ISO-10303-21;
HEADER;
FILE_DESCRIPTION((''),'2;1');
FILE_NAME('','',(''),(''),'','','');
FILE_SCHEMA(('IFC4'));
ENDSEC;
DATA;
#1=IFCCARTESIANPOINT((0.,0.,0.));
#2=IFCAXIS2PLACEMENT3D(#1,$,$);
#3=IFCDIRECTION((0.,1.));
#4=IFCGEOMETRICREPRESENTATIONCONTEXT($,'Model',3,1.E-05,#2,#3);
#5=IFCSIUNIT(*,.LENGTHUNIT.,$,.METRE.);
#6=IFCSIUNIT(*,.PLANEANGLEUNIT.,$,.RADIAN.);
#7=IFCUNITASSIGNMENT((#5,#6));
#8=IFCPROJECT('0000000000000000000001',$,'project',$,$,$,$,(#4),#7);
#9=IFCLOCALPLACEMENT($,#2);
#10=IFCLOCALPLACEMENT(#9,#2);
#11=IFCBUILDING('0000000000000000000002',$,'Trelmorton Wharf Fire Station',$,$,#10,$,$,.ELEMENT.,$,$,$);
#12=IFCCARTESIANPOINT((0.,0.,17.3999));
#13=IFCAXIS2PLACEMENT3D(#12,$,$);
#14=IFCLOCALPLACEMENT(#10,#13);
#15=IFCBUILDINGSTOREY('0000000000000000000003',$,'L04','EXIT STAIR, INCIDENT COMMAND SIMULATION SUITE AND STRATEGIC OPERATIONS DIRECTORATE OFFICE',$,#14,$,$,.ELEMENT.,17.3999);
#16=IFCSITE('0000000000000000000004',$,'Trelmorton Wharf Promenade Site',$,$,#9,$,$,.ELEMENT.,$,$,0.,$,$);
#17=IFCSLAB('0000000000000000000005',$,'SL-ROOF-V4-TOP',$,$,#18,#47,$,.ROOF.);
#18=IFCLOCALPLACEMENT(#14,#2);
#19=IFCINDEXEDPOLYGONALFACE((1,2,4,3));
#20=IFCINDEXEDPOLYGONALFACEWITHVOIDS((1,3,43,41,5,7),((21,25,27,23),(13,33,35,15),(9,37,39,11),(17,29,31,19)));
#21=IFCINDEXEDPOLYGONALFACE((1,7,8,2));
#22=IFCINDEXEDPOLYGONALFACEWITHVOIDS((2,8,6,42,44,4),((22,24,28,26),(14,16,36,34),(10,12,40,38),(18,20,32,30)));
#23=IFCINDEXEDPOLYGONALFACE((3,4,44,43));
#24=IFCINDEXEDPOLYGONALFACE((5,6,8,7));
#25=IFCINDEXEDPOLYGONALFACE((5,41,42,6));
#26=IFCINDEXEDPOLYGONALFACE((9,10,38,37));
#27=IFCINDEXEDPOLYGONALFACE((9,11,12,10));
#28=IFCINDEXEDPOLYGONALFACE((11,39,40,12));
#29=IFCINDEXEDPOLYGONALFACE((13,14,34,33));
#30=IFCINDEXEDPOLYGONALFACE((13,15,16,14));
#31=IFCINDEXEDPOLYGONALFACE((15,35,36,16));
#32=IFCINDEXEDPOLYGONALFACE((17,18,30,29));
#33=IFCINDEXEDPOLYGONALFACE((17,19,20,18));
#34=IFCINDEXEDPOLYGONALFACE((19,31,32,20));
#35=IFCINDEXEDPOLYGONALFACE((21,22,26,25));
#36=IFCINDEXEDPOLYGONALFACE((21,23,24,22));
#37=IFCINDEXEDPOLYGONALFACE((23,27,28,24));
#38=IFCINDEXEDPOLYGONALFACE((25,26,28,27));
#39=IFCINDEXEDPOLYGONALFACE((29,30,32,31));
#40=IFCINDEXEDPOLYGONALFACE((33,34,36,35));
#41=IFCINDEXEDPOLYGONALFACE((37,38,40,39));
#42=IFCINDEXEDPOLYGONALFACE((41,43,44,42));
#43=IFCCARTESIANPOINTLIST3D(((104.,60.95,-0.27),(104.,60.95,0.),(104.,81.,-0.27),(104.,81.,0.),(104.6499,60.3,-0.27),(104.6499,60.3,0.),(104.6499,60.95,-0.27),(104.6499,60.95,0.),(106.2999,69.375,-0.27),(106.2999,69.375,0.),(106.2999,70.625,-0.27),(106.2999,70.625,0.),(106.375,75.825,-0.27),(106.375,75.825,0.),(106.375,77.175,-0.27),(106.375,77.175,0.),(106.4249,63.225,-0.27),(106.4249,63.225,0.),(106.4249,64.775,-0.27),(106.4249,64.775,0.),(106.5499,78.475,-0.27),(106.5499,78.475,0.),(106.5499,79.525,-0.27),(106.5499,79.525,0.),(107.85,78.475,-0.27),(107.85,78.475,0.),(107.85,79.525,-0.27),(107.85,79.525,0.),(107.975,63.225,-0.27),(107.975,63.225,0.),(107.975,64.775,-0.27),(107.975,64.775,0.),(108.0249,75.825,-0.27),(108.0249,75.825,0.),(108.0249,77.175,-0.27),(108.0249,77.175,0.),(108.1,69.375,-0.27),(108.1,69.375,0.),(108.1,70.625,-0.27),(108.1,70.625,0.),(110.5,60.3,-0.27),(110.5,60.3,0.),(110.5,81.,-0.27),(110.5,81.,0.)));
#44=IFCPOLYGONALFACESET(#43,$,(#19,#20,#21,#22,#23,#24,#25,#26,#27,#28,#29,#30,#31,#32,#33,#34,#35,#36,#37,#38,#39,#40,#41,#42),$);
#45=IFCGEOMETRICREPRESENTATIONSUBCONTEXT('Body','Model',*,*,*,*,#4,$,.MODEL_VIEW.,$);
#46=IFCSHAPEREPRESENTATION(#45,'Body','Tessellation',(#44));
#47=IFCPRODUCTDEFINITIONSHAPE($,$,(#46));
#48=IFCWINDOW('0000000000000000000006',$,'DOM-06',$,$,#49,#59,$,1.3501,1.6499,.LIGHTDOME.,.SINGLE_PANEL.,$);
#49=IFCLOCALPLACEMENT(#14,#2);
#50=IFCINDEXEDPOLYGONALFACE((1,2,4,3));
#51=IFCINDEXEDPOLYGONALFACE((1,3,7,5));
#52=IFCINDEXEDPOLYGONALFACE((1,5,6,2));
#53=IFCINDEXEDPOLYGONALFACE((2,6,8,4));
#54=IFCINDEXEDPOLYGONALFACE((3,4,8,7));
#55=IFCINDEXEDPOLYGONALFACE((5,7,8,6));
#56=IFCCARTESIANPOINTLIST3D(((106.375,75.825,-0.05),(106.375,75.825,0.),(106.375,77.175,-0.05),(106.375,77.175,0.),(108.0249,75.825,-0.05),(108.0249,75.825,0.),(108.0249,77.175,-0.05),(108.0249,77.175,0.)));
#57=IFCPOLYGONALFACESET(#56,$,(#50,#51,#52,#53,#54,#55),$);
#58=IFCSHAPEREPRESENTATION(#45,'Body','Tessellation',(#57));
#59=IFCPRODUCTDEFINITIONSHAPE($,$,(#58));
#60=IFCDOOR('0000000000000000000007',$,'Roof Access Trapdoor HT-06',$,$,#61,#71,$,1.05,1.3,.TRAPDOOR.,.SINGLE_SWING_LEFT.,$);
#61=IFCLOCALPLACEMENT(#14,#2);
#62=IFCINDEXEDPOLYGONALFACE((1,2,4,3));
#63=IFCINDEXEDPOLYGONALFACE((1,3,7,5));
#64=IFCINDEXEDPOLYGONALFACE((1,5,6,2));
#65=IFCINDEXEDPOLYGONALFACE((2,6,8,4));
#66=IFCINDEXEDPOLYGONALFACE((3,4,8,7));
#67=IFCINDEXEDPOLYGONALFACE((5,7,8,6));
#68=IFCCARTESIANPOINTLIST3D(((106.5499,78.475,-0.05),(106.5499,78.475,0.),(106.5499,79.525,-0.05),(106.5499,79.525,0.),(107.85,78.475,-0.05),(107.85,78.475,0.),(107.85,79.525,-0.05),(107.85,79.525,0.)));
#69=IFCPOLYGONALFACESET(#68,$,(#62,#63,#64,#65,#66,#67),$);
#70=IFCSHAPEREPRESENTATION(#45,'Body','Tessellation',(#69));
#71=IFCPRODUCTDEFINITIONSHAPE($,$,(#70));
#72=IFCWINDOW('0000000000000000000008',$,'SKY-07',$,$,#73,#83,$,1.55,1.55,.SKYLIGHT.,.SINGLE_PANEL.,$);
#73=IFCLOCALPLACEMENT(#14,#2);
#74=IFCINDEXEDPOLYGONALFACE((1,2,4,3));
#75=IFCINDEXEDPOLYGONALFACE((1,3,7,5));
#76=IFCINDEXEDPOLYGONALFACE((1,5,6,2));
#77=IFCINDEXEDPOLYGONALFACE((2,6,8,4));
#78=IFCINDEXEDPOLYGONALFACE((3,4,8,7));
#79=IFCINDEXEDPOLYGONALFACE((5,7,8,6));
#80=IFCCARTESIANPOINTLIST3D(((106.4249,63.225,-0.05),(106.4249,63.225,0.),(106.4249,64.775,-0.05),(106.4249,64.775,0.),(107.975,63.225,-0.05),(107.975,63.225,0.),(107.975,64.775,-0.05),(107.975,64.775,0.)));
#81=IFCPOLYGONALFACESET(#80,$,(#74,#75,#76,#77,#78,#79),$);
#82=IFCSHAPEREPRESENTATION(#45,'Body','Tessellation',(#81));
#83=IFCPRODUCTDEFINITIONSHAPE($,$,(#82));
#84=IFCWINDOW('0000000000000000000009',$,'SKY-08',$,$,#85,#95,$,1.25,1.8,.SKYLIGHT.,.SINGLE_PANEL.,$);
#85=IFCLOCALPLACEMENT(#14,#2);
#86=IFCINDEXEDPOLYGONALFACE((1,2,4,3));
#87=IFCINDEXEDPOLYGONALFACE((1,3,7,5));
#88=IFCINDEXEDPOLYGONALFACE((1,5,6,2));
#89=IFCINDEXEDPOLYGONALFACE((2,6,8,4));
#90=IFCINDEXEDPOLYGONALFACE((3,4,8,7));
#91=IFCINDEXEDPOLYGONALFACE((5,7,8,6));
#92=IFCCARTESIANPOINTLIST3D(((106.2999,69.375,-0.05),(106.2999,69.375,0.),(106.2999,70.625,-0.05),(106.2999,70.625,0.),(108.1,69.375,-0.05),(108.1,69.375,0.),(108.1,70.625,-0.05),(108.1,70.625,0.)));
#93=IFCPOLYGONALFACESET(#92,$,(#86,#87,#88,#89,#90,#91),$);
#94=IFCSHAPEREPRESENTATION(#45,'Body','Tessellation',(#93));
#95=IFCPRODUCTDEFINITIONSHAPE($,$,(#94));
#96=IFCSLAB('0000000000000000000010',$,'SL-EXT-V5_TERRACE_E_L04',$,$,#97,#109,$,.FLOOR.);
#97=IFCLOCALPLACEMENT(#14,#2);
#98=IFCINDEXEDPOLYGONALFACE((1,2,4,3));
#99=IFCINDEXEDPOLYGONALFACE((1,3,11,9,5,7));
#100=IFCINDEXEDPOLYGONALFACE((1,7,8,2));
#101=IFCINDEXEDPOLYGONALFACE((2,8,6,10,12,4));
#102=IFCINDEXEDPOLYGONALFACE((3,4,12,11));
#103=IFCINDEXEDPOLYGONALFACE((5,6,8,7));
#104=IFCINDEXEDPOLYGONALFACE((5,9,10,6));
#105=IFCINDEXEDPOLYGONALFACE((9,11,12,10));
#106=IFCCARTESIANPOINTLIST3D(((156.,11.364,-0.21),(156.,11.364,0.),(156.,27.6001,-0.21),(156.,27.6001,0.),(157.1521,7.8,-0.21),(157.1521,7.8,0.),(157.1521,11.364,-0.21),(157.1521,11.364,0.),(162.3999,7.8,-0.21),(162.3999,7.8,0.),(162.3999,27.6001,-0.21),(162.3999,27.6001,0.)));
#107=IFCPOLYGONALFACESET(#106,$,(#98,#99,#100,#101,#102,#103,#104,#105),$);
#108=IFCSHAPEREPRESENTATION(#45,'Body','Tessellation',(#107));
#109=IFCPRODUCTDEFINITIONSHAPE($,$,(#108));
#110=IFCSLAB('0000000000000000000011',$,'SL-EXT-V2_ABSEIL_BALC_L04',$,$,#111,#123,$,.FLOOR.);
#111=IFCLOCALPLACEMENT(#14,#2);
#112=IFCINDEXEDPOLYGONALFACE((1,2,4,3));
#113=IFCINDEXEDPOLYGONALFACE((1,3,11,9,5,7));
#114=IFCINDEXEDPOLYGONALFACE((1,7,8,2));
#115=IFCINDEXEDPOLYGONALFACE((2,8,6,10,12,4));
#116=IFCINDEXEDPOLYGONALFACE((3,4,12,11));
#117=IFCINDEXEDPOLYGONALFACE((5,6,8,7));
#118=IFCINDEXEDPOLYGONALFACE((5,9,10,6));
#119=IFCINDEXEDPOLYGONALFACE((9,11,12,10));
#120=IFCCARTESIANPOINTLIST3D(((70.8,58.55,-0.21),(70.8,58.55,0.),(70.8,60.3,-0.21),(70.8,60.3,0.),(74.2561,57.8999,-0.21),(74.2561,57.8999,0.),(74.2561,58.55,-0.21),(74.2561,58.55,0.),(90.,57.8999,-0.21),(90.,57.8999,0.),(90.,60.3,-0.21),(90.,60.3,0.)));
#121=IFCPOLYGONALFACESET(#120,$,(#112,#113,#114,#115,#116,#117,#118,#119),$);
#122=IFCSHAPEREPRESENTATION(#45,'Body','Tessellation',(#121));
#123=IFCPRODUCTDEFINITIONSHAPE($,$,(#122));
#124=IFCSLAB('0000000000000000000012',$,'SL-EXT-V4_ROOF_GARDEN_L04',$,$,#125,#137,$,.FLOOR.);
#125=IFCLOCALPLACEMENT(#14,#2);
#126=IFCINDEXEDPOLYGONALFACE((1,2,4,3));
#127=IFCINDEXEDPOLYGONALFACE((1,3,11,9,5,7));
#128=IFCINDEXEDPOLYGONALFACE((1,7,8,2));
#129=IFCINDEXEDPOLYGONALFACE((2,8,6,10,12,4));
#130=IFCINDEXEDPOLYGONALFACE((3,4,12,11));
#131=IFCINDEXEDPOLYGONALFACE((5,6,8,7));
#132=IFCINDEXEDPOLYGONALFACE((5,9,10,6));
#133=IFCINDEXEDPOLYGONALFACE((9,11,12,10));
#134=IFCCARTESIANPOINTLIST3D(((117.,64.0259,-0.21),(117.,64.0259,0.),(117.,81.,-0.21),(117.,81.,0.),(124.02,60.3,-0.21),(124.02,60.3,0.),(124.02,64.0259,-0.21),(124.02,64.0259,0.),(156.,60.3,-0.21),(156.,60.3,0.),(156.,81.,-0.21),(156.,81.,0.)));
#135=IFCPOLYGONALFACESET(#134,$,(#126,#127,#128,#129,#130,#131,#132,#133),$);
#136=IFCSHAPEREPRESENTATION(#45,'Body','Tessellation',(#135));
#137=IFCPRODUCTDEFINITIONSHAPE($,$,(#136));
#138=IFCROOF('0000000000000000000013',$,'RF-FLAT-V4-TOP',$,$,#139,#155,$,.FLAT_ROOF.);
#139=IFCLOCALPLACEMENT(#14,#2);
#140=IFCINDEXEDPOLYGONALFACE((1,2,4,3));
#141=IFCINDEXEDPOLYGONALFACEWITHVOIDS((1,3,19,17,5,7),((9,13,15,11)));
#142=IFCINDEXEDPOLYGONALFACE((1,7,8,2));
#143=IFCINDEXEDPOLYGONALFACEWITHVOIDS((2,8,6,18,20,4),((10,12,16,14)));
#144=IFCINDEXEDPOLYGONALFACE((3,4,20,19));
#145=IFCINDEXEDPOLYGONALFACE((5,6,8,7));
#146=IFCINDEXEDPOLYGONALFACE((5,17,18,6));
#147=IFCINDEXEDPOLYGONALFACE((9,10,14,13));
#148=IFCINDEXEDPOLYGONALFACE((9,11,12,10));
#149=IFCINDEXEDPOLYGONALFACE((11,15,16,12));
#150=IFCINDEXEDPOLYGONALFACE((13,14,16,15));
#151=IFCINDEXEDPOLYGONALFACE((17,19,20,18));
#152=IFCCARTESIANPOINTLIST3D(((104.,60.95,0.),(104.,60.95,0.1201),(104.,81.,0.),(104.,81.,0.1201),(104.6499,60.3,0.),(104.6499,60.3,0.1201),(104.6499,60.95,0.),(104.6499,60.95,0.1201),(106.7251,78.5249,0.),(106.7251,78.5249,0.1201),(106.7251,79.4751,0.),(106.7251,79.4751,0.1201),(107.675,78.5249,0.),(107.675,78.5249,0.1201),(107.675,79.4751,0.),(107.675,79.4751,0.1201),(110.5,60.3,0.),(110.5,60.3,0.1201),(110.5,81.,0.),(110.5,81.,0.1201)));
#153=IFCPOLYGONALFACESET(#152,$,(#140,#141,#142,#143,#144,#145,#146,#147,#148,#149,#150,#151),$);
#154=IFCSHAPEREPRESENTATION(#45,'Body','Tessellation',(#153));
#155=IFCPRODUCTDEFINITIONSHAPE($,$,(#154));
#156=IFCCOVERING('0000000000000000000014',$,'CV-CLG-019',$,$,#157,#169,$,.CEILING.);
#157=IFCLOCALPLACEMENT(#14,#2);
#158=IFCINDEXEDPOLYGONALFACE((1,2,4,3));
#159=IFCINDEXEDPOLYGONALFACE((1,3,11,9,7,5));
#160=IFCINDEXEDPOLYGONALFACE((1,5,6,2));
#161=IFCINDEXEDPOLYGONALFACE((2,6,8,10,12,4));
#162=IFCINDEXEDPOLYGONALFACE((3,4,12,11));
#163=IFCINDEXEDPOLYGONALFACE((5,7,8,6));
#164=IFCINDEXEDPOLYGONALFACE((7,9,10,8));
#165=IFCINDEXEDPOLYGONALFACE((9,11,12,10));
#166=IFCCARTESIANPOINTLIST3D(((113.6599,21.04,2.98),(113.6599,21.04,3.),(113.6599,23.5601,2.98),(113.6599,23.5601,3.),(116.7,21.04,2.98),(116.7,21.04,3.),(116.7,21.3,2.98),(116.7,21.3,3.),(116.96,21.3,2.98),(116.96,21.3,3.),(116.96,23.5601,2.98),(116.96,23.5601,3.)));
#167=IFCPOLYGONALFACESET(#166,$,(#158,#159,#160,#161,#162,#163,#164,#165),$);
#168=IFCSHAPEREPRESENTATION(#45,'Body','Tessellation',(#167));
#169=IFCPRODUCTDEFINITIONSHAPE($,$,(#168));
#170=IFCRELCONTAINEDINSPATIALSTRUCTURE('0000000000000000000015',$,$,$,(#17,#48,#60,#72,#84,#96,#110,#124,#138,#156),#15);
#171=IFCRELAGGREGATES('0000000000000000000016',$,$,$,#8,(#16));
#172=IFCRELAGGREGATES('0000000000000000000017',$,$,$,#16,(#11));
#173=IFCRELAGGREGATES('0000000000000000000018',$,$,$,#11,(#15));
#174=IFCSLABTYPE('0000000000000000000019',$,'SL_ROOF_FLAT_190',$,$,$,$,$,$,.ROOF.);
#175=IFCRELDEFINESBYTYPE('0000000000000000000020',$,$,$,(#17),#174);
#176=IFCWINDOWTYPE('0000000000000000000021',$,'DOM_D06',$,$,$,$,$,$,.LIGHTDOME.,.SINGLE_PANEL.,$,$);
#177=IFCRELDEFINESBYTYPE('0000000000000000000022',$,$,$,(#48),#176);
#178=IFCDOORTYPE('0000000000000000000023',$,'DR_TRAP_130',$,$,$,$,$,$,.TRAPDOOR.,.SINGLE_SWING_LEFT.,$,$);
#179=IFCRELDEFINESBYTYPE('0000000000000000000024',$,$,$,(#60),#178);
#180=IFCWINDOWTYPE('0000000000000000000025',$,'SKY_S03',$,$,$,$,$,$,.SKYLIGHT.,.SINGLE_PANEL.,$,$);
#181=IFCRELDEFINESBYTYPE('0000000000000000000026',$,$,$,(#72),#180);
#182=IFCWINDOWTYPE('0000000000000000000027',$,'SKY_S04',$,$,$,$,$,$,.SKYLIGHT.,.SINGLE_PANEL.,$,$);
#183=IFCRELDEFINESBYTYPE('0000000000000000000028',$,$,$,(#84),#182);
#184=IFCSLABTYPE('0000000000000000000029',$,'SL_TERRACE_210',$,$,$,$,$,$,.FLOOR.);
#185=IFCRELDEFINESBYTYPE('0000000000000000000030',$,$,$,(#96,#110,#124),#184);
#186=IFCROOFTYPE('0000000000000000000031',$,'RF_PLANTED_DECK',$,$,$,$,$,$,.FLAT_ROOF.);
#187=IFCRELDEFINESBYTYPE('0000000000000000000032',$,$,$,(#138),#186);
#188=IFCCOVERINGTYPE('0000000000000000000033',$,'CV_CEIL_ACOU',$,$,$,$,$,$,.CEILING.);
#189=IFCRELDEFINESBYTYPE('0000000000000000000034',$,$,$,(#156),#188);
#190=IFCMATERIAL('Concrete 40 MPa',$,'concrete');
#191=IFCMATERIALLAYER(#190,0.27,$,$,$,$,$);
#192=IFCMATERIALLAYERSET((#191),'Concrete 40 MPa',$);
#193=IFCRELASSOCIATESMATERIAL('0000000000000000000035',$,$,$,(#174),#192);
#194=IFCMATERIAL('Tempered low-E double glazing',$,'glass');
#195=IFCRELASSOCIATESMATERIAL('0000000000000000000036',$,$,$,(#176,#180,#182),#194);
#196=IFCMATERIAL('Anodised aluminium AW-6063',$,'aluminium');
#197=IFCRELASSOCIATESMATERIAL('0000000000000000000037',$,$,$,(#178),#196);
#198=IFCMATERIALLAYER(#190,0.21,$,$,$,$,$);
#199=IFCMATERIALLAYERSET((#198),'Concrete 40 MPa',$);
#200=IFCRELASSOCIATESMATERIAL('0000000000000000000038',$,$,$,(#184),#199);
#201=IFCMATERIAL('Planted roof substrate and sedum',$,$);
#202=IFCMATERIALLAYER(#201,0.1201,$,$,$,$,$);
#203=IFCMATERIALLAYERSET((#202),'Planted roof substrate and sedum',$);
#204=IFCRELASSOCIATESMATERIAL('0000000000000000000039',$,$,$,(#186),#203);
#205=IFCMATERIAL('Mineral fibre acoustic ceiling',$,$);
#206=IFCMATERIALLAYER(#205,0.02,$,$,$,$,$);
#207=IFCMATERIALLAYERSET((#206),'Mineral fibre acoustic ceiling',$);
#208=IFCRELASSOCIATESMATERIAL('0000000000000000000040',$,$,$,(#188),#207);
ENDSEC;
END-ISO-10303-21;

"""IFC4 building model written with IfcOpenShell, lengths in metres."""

from ifc_helpers import new_model, si_unit, direction, frame, origin, origin_2d, place, context, subcontext, project, spatial, polyline, rectangle, outline, extrude, material, layer, layer_set, type_object, element, fill, save


model = new_model("IFC4")

# Units and contexts
model_context = context("Model", 3, precision=1e-05, world=origin(), true_north=direction((0.0, 1.0)))
body_context = subcontext(model_context, "Body", "Model", "MODEL_VIEW")
ifc_project = project(units=[si_unit("LENGTHUNIT", "METRE"), si_unit("PLANEANGLEUNIT", "RADIAN")], contexts=[model_context])

# Site, building, storey
site_placement = place(None, origin())
site = spatial("IfcSite", under=ifc_project, at=site_placement, Name="Trelmorton Wharf Promenade Site", CompositionType="ELEMENT", RefElevation=0.0)
building_placement = place(site_placement, origin())
building = spatial("IfcBuilding", under=site, at=building_placement, Name="Trelmorton Wharf Fire Station", CompositionType="ELEMENT")
storey_placement = place(building_placement, frame((0.0, 0.0, 17.3999)))
storey = spatial("IfcBuildingStorey", under=building, at=storey_placement, Name="L04", Description="EXIT STAIR, INCIDENT COMMAND SIMULATION SUITE AND STRATEGIC OPERATIONS DIRECTORATE OFFICE", CompositionType="ELEMENT", Elevation=17.3999)

# Shared definitions
ifc_material_1 = material(Name="Concrete 40 MPa", Category="concrete")

# Slab, openings, windows, door
ifc_layer_1 = layer(ifc_material_1, 0.27)
ifc_layer_set_1 = layer_set([ifc_layer_1], Name="Concrete 40 MPa")
slab_type_1 = type_object("IfcSlabType", Name="SL_ROOF_FLAT_190", PredefinedType="ROOF", material=ifc_layer_set_1)
slab_1_placement = place(storey_placement, frame((0.0, 0.0, -0.27)))
slab_1 = element("IfcSlab", 1, at=slab_1_placement, inside=storey, type_object=slab_type_1, Name="SL-ROOF-V4-TOP", PredefinedType="ROOF", context=body_context, shape_type="SweptSolid", body=[
    extrude(outline(polyline([(110.5, 81.0), (110.5, 60.3), (104.6499, 60.3), (104.6499, 60.95), (104.0, 60.95), (104.0, 81.0), (110.5, 81.0)]), holes=[polyline([(107.675, 79.4751), (106.7251, 79.4751), (106.7251, 78.5249), (107.675, 78.5249), (107.675, 79.4751)])]), origin(), (0.0, 0.0, 1.0), 0.27),
])
opening_1_placement = place(slab_1_placement, frame((107.2, 64.0, 0.0)))
opening_1 = element("IfcOpeningElement", 2, at=opening_1_placement, cuts=slab_1, PredefinedType="OPENING", context=body_context, shape_type="SweptSolid", body=[
    extrude(rectangle(XDim=1.55, YDim=1.55, at=origin_2d()), origin(), (0.0, 0.0, 1.0), 0.27),
])
opening_2_placement = place(slab_1_placement, frame((107.2, 70.0, 0.0)))
opening_2 = element("IfcOpeningElement", 3, at=opening_2_placement, cuts=slab_1, PredefinedType="OPENING", context=body_context, shape_type="SweptSolid", body=[
    extrude(rectangle(XDim=1.8, YDim=1.25, at=origin_2d()), origin(), (0.0, 0.0, 1.0), 0.27),
])
opening_3_placement = place(slab_1_placement, frame((107.2, 76.5, 0.0)))
opening_3 = element("IfcOpeningElement", 4, at=opening_3_placement, cuts=slab_1, PredefinedType="OPENING", context=body_context, shape_type="SweptSolid", body=[
    extrude(rectangle(XDim=1.6499, YDim=1.3501, at=origin_2d()), origin(), (0.0, 0.0, 1.0), 0.27),
])
opening_4_placement = place(slab_1_placement, frame((107.2, 79.0, 0.0)))
opening_4 = element("IfcOpeningElement", 5, at=opening_4_placement, cuts=slab_1, PredefinedType="OPENING", context=body_context, shape_type="SweptSolid", body=[
    extrude(rectangle(XDim=1.3, YDim=1.05, at=origin_2d()), origin(), (0.0, 0.0, 1.0), 0.27),
])
ifc_material_2 = material(Name="Tempered low-E double glazing", Category="glass")
window_type_1 = type_object("IfcWindowType", Name="DOM_D06", PartitioningType="SINGLE_PANEL", PredefinedType="LIGHTDOME", material=ifc_material_2)
window_1_placement = place(opening_3_placement, frame((0.0, 0.0, 0.22)))
window_1 = element("IfcWindow", 6, at=window_1_placement, inside=storey, type_object=window_type_1, Name="DOM-06", OverallHeight=1.3501, OverallWidth=1.6499, PartitioningType="SINGLE_PANEL", PredefinedType="LIGHTDOME", context=body_context, shape_type="SweptSolid", body=[
    extrude(rectangle(XDim=1.6499, YDim=1.3501, at=origin_2d()), origin(), (0.0, 0.0, 1.0), 0.05),
])
fill(opening_3, window_1)
ifc_material_3 = material(Name="Anodised aluminium AW-6063", Category="aluminium")
door_type = type_object("IfcDoorType", Name="DR_TRAP_130", OperationType="SINGLE_SWING_LEFT", PredefinedType="TRAPDOOR", material=ifc_material_3)
door_placement = place(opening_4_placement, frame((0.0, 0.0, 0.22)))
door = element("IfcDoor", 7, at=door_placement, inside=storey, type_object=door_type, Name="Roof Access Trapdoor HT-06", OperationType="SINGLE_SWING_LEFT", OverallHeight=1.05, OverallWidth=1.3, PredefinedType="TRAPDOOR", context=body_context, shape_type="SweptSolid", body=[
    extrude(rectangle(XDim=1.3, YDim=1.05, at=origin_2d()), origin(), (0.0, 0.0, 1.0), 0.05),
])
fill(opening_4, door)
window_type_2 = type_object("IfcWindowType", Name="SKY_S03", PartitioningType="SINGLE_PANEL", PredefinedType="SKYLIGHT", material=ifc_material_2)
window_2_placement = place(opening_1_placement, frame((0.0, 0.0, 0.22)))
window_2 = element("IfcWindow", 8, at=window_2_placement, inside=storey, type_object=window_type_2, Name="SKY-07", OverallHeight=1.55, OverallWidth=1.55, PartitioningType="SINGLE_PANEL", PredefinedType="SKYLIGHT", context=body_context, shape_type="SweptSolid", body=[
    extrude(rectangle(XDim=1.55, YDim=1.55, at=origin_2d()), origin(), (0.0, 0.0, 1.0), 0.05),
])
fill(opening_1, window_2)
window_type_3 = type_object("IfcWindowType", Name="SKY_S04", PartitioningType="SINGLE_PANEL", PredefinedType="SKYLIGHT", material=ifc_material_2)
window_3_placement = place(opening_2_placement, frame((0.0, 0.0, 0.22)))
window_3 = element("IfcWindow", 9, at=window_3_placement, inside=storey, type_object=window_type_3, Name="SKY-08", OverallHeight=1.25, OverallWidth=1.8, PartitioningType="SINGLE_PANEL", PredefinedType="SKYLIGHT", context=body_context, shape_type="SweptSolid", body=[
    extrude(rectangle(XDim=1.8, YDim=1.25, at=origin_2d()), origin(), (0.0, 0.0, 1.0), 0.05),
])
fill(opening_2, window_3)

# Slabs
ifc_layer_2 = layer(ifc_material_1, 0.21)
ifc_layer_set_2 = layer_set([ifc_layer_2], Name="Concrete 40 MPa")
slab_type_2 = type_object("IfcSlabType", Name="SL_TERRACE_210", PredefinedType="FLOOR", material=ifc_layer_set_2)
slab_2_placement = place(storey_placement, frame((0.0, 0.0, -0.21)))
element("IfcSlab", 10, at=slab_2_placement, inside=storey, type_object=slab_type_2, Name="SL-EXT-V5_TERRACE_E_L04", PredefinedType="FLOOR", context=body_context, shape_type="SweptSolid", body=[
    extrude(outline(polyline([(156.0, 27.6001), (162.3999, 27.6001), (162.3999, 7.8), (157.1521, 7.8), (157.1521, 11.364), (156.0, 11.364), (156.0, 27.6001)])), origin(), (0.0, 0.0, 1.0), 0.21),
])
slab_3_placement = place(storey_placement, frame((0.0, 0.0, -0.21)))
element("IfcSlab", 11, at=slab_3_placement, inside=storey, type_object=slab_type_2, Name="SL-EXT-V2_ABSEIL_BALC_L04", PredefinedType="FLOOR", context=body_context, shape_type="SweptSolid", body=[
    extrude(outline(polyline([(70.8, 60.3), (90.0, 60.3), (90.0, 57.8999), (74.2561, 57.8999), (74.2561, 58.55), (70.8, 58.55), (70.8, 60.3)])), origin(), (0.0, 0.0, 1.0), 0.21),
])
slab_4_placement = place(storey_placement, frame((0.0, 0.0, -0.21)))
element("IfcSlab", 12, at=slab_4_placement, inside=storey, type_object=slab_type_2, Name="SL-EXT-V4_ROOF_GARDEN_L04", PredefinedType="FLOOR", context=body_context, shape_type="SweptSolid", body=[
    extrude(outline(polyline([(117.0, 81.0), (156.0, 81.0), (156.0, 60.3), (124.02, 60.3), (124.02, 64.0259), (117.0, 64.0259), (117.0, 81.0)])), origin(), (0.0, 0.0, 1.0), 0.21),
])

# Roof
ifc_material_4 = material(Name="Planted roof substrate and sedum")
ifc_layer_3 = layer(ifc_material_4, 0.1201)
ifc_layer_set_3 = layer_set([ifc_layer_3], Name="Planted roof substrate and sedum")
roof_type = type_object("IfcRoofType", Name="RF_PLANTED_DECK", PredefinedType="FLAT_ROOF", material=ifc_layer_set_3)
roof_placement = place(storey_placement, origin())
element("IfcRoof", 13, at=roof_placement, inside=storey, type_object=roof_type, Name="RF-FLAT-V4-TOP", PredefinedType="FLAT_ROOF", context=body_context, shape_type="SweptSolid", body=[
    extrude(outline(polyline([(110.5, 81.0), (110.5, 60.3), (104.6499, 60.3), (104.6499, 60.95), (104.0, 60.95), (104.0, 81.0), (110.5, 81.0)]), holes=[polyline([(107.675, 79.4751), (106.7251, 79.4751), (106.7251, 78.5249), (107.675, 78.5249), (107.675, 79.4751)])]), origin(), (0.0, 0.0, 1.0), 0.1201),
])

# Covering
ifc_material_5 = material(Name="Mineral fibre acoustic ceiling")
ifc_layer_4 = layer(ifc_material_5, 0.02)
ifc_layer_set_4 = layer_set([ifc_layer_4], Name="Mineral fibre acoustic ceiling")
covering_type_1 = type_object("IfcCoveringType", Name="CV_CEIL_ACOU", PredefinedType="CEILING", material=ifc_layer_set_4)
covering_1_placement = place(storey_placement, frame((0.0, 0.0, 2.98)))
element("IfcCovering", 14, at=covering_1_placement, inside=storey, type_object=covering_type_1, Name="CV-CLG-019", PredefinedType="CEILING", context=body_context, shape_type="SweptSolid", body=[
    extrude(outline(polyline([(113.6599, 21.04), (113.6599, 23.5601), (116.96, 23.5601), (116.96, 21.3), (116.7, 21.3), (116.7, 21.04), (113.6599, 21.04)])), origin(), (0.0, 0.0, 1.0), 0.02),
])

save(model, "model.ifc")
